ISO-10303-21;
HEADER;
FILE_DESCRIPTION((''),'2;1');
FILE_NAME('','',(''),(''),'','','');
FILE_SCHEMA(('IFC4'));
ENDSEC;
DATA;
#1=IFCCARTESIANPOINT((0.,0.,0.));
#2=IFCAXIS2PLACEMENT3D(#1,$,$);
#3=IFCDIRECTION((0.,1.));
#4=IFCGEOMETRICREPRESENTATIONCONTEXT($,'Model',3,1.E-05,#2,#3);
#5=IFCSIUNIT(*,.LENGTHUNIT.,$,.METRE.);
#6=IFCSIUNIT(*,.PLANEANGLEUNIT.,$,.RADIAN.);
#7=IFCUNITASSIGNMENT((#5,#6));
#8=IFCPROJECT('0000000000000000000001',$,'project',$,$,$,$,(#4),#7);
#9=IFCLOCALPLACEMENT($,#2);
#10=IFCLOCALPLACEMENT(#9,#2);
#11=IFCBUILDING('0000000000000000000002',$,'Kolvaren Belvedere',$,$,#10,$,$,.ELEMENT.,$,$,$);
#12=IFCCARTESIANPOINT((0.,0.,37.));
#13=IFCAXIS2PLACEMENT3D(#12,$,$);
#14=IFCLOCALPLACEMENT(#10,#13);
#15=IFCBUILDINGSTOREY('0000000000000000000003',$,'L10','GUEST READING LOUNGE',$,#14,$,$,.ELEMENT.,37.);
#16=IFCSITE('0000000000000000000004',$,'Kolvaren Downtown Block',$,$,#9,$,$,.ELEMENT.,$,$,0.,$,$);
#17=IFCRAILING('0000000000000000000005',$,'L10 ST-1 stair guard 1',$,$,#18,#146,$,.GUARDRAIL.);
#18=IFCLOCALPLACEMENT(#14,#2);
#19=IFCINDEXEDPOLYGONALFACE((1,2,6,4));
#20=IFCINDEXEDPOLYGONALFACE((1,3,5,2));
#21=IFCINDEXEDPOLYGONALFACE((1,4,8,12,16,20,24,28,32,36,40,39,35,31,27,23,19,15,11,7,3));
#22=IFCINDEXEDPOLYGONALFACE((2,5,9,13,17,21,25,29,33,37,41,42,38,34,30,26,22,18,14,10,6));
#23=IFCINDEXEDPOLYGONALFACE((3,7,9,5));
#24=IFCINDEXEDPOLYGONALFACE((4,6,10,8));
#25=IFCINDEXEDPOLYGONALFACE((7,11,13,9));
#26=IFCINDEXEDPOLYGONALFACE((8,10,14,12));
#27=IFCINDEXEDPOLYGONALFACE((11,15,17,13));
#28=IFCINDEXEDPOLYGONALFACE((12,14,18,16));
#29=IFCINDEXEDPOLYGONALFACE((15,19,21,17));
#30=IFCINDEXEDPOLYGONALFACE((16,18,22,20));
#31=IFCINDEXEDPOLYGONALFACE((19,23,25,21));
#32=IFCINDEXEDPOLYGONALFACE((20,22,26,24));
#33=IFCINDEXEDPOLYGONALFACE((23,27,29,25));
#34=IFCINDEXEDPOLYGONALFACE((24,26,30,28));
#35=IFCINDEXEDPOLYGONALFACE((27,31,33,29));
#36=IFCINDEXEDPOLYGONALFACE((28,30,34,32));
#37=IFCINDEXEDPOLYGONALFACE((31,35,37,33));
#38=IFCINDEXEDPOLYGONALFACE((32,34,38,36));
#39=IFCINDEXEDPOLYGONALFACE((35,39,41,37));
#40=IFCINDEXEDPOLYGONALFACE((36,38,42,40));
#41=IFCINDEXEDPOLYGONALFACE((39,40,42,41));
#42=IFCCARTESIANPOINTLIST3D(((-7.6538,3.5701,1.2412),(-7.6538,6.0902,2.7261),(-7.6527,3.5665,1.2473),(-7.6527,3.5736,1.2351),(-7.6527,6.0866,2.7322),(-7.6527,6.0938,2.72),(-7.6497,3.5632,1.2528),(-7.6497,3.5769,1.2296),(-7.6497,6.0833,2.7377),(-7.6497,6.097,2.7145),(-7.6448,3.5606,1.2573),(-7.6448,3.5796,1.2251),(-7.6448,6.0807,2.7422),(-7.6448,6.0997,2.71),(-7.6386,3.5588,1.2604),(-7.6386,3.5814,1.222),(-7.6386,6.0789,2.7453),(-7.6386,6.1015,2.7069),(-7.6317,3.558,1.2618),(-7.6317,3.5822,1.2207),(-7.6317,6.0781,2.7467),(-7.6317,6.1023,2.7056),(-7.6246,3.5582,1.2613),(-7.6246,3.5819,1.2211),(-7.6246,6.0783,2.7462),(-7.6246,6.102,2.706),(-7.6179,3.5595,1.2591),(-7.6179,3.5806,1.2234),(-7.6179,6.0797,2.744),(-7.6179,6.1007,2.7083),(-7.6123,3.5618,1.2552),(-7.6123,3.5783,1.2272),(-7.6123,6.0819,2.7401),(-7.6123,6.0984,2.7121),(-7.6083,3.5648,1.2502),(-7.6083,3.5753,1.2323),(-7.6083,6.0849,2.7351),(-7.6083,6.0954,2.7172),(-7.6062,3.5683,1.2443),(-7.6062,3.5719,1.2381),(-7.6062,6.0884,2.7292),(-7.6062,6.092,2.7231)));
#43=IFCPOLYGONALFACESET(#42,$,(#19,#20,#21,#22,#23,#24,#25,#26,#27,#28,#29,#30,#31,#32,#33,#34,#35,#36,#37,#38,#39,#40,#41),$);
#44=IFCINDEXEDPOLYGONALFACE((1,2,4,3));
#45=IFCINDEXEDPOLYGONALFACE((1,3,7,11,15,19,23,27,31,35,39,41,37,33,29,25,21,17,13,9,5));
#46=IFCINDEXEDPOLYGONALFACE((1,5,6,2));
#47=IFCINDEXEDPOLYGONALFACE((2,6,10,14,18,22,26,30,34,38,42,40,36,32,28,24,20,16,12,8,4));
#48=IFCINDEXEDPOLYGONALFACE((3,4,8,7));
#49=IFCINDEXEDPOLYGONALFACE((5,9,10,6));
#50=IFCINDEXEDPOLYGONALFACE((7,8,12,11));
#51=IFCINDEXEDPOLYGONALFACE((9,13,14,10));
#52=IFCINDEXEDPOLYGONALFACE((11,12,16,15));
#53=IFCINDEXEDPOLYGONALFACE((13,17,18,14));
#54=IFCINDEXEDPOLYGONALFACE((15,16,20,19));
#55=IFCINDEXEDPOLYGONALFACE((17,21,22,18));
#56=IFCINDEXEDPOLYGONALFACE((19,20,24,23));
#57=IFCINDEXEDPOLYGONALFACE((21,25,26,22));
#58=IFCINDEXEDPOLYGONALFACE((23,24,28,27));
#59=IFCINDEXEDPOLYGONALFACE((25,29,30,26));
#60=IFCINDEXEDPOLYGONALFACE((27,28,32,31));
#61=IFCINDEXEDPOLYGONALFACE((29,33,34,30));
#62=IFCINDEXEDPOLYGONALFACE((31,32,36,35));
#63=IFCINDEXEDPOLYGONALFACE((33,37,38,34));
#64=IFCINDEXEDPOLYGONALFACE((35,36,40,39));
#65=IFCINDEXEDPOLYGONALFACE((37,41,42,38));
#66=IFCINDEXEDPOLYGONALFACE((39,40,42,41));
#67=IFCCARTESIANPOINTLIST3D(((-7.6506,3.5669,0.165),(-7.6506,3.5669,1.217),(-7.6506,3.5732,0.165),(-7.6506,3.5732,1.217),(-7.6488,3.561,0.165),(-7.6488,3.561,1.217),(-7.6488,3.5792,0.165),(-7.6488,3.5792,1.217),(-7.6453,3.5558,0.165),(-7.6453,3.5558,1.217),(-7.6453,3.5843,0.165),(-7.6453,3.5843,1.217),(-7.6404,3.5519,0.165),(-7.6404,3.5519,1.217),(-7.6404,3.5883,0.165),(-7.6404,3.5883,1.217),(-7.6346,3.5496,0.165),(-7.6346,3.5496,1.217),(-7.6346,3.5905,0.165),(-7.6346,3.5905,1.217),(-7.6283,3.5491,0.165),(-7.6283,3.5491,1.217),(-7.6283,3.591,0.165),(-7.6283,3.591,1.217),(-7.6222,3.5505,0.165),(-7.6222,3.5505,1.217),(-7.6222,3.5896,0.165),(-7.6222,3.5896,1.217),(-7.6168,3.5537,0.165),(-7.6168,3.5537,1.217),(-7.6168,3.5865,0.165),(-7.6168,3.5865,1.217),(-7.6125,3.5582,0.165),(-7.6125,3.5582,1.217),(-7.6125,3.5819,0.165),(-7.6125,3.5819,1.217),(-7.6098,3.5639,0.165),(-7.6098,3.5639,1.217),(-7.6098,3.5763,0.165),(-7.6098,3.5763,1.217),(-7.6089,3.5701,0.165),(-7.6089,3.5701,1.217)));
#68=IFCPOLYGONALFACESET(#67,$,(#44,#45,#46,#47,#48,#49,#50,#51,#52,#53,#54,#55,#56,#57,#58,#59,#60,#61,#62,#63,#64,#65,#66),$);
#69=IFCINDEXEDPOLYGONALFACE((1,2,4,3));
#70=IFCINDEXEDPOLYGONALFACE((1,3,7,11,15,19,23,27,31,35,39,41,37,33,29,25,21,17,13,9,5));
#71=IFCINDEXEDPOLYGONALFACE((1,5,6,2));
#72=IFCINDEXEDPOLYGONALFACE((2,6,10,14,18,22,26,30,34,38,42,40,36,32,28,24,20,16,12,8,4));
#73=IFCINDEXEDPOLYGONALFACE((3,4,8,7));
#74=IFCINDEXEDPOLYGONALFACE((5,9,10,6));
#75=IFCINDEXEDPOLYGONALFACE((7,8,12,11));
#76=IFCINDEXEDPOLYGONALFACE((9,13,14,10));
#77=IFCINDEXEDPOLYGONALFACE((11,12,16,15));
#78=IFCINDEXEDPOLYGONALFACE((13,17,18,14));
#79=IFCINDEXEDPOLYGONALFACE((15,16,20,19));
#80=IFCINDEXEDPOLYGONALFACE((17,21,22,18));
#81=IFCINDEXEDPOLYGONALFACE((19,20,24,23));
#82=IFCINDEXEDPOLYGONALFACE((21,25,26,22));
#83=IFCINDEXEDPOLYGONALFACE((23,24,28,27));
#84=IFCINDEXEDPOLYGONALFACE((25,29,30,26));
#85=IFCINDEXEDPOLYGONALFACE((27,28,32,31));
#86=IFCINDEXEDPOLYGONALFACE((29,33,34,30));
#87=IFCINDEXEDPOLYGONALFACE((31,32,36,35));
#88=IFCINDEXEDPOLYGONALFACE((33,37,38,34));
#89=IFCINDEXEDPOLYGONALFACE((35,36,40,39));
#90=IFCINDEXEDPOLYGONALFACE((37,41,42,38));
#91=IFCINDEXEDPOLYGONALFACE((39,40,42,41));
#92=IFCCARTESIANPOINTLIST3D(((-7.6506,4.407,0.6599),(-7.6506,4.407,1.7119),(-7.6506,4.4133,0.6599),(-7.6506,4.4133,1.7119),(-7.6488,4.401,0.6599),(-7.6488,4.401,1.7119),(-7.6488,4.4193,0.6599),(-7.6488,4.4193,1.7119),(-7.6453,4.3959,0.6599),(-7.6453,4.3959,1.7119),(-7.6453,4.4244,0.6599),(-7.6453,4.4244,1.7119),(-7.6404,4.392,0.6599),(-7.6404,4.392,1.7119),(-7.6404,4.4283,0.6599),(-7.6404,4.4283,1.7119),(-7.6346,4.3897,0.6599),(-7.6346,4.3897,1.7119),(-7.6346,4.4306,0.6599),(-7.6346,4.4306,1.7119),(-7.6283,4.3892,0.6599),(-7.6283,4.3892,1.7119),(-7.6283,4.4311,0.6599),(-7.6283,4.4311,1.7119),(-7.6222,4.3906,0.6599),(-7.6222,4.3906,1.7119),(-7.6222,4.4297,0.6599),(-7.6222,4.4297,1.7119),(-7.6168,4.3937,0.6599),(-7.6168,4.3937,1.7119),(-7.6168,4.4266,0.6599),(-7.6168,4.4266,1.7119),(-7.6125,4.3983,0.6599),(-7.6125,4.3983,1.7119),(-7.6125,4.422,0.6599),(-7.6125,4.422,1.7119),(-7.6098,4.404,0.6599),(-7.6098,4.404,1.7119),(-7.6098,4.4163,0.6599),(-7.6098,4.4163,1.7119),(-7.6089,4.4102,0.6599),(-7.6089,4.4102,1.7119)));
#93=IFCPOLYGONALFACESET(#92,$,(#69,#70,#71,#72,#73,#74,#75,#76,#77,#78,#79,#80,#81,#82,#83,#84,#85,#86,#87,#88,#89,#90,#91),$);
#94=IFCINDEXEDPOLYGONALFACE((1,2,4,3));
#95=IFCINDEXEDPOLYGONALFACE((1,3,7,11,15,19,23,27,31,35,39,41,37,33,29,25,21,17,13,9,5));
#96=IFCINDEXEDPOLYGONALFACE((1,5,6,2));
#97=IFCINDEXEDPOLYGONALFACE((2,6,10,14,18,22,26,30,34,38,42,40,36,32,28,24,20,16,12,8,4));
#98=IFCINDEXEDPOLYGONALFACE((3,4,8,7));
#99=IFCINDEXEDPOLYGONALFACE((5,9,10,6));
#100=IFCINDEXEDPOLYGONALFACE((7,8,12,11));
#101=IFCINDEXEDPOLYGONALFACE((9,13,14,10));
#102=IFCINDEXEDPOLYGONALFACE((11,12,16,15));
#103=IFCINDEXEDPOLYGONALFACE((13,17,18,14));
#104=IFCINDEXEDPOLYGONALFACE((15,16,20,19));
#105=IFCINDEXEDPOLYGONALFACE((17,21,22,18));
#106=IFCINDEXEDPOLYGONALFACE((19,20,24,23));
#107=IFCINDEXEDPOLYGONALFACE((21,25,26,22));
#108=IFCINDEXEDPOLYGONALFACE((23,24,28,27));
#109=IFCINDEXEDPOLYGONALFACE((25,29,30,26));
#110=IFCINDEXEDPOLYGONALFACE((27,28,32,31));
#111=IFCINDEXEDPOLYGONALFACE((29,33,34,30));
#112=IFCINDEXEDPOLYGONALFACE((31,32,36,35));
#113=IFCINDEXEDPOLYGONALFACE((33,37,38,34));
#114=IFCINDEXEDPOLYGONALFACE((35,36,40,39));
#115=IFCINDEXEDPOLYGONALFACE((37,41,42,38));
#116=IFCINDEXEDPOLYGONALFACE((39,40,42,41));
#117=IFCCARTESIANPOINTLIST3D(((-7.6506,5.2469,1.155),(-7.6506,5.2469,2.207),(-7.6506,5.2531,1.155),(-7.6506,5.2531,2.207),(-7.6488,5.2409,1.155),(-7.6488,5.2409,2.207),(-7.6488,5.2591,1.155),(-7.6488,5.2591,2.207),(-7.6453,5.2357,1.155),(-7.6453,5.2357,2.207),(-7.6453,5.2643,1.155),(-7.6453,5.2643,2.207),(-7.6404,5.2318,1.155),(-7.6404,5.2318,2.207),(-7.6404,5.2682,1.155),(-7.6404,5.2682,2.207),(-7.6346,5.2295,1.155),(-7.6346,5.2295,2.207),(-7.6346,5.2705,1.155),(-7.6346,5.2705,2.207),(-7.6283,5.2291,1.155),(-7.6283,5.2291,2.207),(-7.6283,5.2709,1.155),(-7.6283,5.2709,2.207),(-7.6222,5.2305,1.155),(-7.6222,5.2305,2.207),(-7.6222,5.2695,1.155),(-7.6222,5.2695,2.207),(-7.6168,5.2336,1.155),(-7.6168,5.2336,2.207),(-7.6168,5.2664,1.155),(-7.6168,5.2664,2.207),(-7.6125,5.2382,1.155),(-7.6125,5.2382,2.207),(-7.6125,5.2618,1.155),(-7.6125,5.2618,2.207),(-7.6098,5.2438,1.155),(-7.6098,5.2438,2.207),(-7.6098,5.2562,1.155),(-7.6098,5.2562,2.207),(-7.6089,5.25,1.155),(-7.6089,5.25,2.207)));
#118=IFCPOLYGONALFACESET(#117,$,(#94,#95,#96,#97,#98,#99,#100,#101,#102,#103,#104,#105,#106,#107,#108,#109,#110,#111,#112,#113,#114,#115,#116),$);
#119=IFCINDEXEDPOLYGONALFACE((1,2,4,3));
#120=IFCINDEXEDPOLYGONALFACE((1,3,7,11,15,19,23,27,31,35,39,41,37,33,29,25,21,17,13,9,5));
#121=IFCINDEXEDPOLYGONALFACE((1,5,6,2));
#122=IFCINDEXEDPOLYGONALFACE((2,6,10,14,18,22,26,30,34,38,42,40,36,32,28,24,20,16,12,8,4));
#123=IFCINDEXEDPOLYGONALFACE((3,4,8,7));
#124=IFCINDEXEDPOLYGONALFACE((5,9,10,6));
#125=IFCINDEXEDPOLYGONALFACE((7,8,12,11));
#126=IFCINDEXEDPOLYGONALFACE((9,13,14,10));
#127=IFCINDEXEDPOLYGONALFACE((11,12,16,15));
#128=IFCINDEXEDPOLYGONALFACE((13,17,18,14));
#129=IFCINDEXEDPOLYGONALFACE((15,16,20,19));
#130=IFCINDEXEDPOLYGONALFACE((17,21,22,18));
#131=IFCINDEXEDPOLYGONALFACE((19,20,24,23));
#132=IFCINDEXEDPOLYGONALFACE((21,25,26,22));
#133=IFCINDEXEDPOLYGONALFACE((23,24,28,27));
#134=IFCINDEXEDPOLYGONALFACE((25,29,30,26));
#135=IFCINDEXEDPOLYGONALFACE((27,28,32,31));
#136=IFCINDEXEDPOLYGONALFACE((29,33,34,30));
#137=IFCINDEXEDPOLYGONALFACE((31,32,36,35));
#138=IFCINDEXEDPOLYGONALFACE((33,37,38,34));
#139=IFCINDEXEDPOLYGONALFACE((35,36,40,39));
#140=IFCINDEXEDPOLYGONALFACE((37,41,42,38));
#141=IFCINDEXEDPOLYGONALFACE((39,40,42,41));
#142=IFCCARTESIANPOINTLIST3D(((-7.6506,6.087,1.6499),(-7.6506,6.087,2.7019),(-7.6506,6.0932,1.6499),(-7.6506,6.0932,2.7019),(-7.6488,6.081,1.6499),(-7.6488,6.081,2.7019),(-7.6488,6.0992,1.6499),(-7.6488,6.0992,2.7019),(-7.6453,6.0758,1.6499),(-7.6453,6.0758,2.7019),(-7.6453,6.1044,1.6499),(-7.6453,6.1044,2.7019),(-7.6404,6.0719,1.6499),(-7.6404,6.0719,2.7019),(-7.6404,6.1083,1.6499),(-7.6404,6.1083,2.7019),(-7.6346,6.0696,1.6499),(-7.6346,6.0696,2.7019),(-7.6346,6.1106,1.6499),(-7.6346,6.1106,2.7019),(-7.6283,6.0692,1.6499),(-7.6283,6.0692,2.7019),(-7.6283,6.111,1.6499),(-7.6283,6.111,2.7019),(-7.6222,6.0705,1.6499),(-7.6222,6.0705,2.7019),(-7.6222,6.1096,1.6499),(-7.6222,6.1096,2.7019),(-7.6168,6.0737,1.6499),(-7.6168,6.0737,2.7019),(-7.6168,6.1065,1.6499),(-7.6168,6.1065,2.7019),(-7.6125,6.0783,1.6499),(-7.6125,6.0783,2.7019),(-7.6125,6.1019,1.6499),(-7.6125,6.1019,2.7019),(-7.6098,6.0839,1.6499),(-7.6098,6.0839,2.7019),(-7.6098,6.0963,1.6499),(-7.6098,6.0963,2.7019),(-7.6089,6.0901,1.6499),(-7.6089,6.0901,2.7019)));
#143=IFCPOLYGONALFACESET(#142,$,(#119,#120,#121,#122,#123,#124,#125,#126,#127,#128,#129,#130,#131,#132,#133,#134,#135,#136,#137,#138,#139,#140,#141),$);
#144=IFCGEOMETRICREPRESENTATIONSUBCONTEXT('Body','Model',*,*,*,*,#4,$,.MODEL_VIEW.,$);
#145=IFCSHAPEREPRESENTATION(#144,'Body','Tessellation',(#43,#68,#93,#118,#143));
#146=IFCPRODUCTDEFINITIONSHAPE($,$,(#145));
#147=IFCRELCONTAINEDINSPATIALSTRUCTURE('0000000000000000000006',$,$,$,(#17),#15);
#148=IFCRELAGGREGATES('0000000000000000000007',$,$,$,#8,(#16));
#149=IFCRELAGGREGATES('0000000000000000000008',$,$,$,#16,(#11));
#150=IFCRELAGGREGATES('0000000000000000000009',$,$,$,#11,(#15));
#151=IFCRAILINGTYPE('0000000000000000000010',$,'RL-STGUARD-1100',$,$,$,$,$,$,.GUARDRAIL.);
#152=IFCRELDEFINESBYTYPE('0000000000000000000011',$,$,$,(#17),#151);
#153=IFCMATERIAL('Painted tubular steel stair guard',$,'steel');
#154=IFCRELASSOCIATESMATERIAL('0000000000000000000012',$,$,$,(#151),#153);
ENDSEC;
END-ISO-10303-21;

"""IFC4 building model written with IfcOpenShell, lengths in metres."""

from ifc_helpers import new_model, si_unit, direction, frame, origin, origin_2d, place, context, subcontext, project, spatial, circle, extrude, material, type_object, element, save


model = new_model("IFC4")

# Units and contexts
model_context = context("Model", 3, precision=1e-05, world=origin(), true_north=direction((0.0, 1.0)))
body_context = subcontext(model_context, "Body", "Model", "MODEL_VIEW")
ifc_project = project(units=[si_unit("LENGTHUNIT", "METRE"), si_unit("PLANEANGLEUNIT", "RADIAN")], contexts=[model_context])

# Site, building, storey
site_placement = place(None, origin())
site = spatial("IfcSite", under=ifc_project, at=site_placement, Name="Kolvaren Downtown Block", CompositionType="ELEMENT", RefElevation=0.0)
building_placement = place(site_placement, origin())
building = spatial("IfcBuilding", under=site, at=building_placement, Name="Kolvaren Belvedere", CompositionType="ELEMENT")
storey_placement = place(building_placement, frame((0.0, 0.0, 37.0)))
storey = spatial("IfcBuildingStorey", under=building, at=storey_placement, Name="L10", Description="GUEST READING LOUNGE", CompositionType="ELEMENT", Elevation=37.0)

# Railing
ifc_material_1 = material(Name="Painted tubular steel stair guard", Category="steel")
railing_type_1 = type_object("IfcRailingType", Name="RL-STGUARD-1100", PredefinedType="GUARDRAIL", material=ifc_material_1)
railing_1_placement = place(storey_placement, frame((-7.6299, 3.5701, 0.165)))
element("IfcRailing", 1, at=railing_1_placement, inside=storey, type_object=railing_type_1, Name="L10 ST-1 stair guard 1", PredefinedType="GUARDRAIL", context=body_context, shape_type="SweptSolid", body=[
    extrude(circle(Radius=0.0239, at=origin_2d()), frame((0.0, 0.0, 1.0762), z_axis=(0.0, 0.861561, 0.507655), x_axis=(-1.0, 0.0, 0.0)), (0.0, 0.0, 1.0), 2.925),
    extrude(circle(Radius=0.021, at=origin_2d()), origin(), (0.0, 0.0, 1.0), 1.052),
    extrude(circle(Radius=0.021, at=origin_2d()), frame((0.0, 0.8401, 0.4949)), (0.0, 0.0, 1.0), 1.052),
    extrude(circle(Radius=0.021, at=origin_2d()), frame((0.0, 1.6799, 0.99)), (0.0, 0.0, 1.0), 1.052),
    extrude(circle(Radius=0.021, at=origin_2d()), frame((0.0, 2.52, 1.4849)), (0.0, 0.0, 1.0), 1.052),
])

save(model, "model.ifc")
